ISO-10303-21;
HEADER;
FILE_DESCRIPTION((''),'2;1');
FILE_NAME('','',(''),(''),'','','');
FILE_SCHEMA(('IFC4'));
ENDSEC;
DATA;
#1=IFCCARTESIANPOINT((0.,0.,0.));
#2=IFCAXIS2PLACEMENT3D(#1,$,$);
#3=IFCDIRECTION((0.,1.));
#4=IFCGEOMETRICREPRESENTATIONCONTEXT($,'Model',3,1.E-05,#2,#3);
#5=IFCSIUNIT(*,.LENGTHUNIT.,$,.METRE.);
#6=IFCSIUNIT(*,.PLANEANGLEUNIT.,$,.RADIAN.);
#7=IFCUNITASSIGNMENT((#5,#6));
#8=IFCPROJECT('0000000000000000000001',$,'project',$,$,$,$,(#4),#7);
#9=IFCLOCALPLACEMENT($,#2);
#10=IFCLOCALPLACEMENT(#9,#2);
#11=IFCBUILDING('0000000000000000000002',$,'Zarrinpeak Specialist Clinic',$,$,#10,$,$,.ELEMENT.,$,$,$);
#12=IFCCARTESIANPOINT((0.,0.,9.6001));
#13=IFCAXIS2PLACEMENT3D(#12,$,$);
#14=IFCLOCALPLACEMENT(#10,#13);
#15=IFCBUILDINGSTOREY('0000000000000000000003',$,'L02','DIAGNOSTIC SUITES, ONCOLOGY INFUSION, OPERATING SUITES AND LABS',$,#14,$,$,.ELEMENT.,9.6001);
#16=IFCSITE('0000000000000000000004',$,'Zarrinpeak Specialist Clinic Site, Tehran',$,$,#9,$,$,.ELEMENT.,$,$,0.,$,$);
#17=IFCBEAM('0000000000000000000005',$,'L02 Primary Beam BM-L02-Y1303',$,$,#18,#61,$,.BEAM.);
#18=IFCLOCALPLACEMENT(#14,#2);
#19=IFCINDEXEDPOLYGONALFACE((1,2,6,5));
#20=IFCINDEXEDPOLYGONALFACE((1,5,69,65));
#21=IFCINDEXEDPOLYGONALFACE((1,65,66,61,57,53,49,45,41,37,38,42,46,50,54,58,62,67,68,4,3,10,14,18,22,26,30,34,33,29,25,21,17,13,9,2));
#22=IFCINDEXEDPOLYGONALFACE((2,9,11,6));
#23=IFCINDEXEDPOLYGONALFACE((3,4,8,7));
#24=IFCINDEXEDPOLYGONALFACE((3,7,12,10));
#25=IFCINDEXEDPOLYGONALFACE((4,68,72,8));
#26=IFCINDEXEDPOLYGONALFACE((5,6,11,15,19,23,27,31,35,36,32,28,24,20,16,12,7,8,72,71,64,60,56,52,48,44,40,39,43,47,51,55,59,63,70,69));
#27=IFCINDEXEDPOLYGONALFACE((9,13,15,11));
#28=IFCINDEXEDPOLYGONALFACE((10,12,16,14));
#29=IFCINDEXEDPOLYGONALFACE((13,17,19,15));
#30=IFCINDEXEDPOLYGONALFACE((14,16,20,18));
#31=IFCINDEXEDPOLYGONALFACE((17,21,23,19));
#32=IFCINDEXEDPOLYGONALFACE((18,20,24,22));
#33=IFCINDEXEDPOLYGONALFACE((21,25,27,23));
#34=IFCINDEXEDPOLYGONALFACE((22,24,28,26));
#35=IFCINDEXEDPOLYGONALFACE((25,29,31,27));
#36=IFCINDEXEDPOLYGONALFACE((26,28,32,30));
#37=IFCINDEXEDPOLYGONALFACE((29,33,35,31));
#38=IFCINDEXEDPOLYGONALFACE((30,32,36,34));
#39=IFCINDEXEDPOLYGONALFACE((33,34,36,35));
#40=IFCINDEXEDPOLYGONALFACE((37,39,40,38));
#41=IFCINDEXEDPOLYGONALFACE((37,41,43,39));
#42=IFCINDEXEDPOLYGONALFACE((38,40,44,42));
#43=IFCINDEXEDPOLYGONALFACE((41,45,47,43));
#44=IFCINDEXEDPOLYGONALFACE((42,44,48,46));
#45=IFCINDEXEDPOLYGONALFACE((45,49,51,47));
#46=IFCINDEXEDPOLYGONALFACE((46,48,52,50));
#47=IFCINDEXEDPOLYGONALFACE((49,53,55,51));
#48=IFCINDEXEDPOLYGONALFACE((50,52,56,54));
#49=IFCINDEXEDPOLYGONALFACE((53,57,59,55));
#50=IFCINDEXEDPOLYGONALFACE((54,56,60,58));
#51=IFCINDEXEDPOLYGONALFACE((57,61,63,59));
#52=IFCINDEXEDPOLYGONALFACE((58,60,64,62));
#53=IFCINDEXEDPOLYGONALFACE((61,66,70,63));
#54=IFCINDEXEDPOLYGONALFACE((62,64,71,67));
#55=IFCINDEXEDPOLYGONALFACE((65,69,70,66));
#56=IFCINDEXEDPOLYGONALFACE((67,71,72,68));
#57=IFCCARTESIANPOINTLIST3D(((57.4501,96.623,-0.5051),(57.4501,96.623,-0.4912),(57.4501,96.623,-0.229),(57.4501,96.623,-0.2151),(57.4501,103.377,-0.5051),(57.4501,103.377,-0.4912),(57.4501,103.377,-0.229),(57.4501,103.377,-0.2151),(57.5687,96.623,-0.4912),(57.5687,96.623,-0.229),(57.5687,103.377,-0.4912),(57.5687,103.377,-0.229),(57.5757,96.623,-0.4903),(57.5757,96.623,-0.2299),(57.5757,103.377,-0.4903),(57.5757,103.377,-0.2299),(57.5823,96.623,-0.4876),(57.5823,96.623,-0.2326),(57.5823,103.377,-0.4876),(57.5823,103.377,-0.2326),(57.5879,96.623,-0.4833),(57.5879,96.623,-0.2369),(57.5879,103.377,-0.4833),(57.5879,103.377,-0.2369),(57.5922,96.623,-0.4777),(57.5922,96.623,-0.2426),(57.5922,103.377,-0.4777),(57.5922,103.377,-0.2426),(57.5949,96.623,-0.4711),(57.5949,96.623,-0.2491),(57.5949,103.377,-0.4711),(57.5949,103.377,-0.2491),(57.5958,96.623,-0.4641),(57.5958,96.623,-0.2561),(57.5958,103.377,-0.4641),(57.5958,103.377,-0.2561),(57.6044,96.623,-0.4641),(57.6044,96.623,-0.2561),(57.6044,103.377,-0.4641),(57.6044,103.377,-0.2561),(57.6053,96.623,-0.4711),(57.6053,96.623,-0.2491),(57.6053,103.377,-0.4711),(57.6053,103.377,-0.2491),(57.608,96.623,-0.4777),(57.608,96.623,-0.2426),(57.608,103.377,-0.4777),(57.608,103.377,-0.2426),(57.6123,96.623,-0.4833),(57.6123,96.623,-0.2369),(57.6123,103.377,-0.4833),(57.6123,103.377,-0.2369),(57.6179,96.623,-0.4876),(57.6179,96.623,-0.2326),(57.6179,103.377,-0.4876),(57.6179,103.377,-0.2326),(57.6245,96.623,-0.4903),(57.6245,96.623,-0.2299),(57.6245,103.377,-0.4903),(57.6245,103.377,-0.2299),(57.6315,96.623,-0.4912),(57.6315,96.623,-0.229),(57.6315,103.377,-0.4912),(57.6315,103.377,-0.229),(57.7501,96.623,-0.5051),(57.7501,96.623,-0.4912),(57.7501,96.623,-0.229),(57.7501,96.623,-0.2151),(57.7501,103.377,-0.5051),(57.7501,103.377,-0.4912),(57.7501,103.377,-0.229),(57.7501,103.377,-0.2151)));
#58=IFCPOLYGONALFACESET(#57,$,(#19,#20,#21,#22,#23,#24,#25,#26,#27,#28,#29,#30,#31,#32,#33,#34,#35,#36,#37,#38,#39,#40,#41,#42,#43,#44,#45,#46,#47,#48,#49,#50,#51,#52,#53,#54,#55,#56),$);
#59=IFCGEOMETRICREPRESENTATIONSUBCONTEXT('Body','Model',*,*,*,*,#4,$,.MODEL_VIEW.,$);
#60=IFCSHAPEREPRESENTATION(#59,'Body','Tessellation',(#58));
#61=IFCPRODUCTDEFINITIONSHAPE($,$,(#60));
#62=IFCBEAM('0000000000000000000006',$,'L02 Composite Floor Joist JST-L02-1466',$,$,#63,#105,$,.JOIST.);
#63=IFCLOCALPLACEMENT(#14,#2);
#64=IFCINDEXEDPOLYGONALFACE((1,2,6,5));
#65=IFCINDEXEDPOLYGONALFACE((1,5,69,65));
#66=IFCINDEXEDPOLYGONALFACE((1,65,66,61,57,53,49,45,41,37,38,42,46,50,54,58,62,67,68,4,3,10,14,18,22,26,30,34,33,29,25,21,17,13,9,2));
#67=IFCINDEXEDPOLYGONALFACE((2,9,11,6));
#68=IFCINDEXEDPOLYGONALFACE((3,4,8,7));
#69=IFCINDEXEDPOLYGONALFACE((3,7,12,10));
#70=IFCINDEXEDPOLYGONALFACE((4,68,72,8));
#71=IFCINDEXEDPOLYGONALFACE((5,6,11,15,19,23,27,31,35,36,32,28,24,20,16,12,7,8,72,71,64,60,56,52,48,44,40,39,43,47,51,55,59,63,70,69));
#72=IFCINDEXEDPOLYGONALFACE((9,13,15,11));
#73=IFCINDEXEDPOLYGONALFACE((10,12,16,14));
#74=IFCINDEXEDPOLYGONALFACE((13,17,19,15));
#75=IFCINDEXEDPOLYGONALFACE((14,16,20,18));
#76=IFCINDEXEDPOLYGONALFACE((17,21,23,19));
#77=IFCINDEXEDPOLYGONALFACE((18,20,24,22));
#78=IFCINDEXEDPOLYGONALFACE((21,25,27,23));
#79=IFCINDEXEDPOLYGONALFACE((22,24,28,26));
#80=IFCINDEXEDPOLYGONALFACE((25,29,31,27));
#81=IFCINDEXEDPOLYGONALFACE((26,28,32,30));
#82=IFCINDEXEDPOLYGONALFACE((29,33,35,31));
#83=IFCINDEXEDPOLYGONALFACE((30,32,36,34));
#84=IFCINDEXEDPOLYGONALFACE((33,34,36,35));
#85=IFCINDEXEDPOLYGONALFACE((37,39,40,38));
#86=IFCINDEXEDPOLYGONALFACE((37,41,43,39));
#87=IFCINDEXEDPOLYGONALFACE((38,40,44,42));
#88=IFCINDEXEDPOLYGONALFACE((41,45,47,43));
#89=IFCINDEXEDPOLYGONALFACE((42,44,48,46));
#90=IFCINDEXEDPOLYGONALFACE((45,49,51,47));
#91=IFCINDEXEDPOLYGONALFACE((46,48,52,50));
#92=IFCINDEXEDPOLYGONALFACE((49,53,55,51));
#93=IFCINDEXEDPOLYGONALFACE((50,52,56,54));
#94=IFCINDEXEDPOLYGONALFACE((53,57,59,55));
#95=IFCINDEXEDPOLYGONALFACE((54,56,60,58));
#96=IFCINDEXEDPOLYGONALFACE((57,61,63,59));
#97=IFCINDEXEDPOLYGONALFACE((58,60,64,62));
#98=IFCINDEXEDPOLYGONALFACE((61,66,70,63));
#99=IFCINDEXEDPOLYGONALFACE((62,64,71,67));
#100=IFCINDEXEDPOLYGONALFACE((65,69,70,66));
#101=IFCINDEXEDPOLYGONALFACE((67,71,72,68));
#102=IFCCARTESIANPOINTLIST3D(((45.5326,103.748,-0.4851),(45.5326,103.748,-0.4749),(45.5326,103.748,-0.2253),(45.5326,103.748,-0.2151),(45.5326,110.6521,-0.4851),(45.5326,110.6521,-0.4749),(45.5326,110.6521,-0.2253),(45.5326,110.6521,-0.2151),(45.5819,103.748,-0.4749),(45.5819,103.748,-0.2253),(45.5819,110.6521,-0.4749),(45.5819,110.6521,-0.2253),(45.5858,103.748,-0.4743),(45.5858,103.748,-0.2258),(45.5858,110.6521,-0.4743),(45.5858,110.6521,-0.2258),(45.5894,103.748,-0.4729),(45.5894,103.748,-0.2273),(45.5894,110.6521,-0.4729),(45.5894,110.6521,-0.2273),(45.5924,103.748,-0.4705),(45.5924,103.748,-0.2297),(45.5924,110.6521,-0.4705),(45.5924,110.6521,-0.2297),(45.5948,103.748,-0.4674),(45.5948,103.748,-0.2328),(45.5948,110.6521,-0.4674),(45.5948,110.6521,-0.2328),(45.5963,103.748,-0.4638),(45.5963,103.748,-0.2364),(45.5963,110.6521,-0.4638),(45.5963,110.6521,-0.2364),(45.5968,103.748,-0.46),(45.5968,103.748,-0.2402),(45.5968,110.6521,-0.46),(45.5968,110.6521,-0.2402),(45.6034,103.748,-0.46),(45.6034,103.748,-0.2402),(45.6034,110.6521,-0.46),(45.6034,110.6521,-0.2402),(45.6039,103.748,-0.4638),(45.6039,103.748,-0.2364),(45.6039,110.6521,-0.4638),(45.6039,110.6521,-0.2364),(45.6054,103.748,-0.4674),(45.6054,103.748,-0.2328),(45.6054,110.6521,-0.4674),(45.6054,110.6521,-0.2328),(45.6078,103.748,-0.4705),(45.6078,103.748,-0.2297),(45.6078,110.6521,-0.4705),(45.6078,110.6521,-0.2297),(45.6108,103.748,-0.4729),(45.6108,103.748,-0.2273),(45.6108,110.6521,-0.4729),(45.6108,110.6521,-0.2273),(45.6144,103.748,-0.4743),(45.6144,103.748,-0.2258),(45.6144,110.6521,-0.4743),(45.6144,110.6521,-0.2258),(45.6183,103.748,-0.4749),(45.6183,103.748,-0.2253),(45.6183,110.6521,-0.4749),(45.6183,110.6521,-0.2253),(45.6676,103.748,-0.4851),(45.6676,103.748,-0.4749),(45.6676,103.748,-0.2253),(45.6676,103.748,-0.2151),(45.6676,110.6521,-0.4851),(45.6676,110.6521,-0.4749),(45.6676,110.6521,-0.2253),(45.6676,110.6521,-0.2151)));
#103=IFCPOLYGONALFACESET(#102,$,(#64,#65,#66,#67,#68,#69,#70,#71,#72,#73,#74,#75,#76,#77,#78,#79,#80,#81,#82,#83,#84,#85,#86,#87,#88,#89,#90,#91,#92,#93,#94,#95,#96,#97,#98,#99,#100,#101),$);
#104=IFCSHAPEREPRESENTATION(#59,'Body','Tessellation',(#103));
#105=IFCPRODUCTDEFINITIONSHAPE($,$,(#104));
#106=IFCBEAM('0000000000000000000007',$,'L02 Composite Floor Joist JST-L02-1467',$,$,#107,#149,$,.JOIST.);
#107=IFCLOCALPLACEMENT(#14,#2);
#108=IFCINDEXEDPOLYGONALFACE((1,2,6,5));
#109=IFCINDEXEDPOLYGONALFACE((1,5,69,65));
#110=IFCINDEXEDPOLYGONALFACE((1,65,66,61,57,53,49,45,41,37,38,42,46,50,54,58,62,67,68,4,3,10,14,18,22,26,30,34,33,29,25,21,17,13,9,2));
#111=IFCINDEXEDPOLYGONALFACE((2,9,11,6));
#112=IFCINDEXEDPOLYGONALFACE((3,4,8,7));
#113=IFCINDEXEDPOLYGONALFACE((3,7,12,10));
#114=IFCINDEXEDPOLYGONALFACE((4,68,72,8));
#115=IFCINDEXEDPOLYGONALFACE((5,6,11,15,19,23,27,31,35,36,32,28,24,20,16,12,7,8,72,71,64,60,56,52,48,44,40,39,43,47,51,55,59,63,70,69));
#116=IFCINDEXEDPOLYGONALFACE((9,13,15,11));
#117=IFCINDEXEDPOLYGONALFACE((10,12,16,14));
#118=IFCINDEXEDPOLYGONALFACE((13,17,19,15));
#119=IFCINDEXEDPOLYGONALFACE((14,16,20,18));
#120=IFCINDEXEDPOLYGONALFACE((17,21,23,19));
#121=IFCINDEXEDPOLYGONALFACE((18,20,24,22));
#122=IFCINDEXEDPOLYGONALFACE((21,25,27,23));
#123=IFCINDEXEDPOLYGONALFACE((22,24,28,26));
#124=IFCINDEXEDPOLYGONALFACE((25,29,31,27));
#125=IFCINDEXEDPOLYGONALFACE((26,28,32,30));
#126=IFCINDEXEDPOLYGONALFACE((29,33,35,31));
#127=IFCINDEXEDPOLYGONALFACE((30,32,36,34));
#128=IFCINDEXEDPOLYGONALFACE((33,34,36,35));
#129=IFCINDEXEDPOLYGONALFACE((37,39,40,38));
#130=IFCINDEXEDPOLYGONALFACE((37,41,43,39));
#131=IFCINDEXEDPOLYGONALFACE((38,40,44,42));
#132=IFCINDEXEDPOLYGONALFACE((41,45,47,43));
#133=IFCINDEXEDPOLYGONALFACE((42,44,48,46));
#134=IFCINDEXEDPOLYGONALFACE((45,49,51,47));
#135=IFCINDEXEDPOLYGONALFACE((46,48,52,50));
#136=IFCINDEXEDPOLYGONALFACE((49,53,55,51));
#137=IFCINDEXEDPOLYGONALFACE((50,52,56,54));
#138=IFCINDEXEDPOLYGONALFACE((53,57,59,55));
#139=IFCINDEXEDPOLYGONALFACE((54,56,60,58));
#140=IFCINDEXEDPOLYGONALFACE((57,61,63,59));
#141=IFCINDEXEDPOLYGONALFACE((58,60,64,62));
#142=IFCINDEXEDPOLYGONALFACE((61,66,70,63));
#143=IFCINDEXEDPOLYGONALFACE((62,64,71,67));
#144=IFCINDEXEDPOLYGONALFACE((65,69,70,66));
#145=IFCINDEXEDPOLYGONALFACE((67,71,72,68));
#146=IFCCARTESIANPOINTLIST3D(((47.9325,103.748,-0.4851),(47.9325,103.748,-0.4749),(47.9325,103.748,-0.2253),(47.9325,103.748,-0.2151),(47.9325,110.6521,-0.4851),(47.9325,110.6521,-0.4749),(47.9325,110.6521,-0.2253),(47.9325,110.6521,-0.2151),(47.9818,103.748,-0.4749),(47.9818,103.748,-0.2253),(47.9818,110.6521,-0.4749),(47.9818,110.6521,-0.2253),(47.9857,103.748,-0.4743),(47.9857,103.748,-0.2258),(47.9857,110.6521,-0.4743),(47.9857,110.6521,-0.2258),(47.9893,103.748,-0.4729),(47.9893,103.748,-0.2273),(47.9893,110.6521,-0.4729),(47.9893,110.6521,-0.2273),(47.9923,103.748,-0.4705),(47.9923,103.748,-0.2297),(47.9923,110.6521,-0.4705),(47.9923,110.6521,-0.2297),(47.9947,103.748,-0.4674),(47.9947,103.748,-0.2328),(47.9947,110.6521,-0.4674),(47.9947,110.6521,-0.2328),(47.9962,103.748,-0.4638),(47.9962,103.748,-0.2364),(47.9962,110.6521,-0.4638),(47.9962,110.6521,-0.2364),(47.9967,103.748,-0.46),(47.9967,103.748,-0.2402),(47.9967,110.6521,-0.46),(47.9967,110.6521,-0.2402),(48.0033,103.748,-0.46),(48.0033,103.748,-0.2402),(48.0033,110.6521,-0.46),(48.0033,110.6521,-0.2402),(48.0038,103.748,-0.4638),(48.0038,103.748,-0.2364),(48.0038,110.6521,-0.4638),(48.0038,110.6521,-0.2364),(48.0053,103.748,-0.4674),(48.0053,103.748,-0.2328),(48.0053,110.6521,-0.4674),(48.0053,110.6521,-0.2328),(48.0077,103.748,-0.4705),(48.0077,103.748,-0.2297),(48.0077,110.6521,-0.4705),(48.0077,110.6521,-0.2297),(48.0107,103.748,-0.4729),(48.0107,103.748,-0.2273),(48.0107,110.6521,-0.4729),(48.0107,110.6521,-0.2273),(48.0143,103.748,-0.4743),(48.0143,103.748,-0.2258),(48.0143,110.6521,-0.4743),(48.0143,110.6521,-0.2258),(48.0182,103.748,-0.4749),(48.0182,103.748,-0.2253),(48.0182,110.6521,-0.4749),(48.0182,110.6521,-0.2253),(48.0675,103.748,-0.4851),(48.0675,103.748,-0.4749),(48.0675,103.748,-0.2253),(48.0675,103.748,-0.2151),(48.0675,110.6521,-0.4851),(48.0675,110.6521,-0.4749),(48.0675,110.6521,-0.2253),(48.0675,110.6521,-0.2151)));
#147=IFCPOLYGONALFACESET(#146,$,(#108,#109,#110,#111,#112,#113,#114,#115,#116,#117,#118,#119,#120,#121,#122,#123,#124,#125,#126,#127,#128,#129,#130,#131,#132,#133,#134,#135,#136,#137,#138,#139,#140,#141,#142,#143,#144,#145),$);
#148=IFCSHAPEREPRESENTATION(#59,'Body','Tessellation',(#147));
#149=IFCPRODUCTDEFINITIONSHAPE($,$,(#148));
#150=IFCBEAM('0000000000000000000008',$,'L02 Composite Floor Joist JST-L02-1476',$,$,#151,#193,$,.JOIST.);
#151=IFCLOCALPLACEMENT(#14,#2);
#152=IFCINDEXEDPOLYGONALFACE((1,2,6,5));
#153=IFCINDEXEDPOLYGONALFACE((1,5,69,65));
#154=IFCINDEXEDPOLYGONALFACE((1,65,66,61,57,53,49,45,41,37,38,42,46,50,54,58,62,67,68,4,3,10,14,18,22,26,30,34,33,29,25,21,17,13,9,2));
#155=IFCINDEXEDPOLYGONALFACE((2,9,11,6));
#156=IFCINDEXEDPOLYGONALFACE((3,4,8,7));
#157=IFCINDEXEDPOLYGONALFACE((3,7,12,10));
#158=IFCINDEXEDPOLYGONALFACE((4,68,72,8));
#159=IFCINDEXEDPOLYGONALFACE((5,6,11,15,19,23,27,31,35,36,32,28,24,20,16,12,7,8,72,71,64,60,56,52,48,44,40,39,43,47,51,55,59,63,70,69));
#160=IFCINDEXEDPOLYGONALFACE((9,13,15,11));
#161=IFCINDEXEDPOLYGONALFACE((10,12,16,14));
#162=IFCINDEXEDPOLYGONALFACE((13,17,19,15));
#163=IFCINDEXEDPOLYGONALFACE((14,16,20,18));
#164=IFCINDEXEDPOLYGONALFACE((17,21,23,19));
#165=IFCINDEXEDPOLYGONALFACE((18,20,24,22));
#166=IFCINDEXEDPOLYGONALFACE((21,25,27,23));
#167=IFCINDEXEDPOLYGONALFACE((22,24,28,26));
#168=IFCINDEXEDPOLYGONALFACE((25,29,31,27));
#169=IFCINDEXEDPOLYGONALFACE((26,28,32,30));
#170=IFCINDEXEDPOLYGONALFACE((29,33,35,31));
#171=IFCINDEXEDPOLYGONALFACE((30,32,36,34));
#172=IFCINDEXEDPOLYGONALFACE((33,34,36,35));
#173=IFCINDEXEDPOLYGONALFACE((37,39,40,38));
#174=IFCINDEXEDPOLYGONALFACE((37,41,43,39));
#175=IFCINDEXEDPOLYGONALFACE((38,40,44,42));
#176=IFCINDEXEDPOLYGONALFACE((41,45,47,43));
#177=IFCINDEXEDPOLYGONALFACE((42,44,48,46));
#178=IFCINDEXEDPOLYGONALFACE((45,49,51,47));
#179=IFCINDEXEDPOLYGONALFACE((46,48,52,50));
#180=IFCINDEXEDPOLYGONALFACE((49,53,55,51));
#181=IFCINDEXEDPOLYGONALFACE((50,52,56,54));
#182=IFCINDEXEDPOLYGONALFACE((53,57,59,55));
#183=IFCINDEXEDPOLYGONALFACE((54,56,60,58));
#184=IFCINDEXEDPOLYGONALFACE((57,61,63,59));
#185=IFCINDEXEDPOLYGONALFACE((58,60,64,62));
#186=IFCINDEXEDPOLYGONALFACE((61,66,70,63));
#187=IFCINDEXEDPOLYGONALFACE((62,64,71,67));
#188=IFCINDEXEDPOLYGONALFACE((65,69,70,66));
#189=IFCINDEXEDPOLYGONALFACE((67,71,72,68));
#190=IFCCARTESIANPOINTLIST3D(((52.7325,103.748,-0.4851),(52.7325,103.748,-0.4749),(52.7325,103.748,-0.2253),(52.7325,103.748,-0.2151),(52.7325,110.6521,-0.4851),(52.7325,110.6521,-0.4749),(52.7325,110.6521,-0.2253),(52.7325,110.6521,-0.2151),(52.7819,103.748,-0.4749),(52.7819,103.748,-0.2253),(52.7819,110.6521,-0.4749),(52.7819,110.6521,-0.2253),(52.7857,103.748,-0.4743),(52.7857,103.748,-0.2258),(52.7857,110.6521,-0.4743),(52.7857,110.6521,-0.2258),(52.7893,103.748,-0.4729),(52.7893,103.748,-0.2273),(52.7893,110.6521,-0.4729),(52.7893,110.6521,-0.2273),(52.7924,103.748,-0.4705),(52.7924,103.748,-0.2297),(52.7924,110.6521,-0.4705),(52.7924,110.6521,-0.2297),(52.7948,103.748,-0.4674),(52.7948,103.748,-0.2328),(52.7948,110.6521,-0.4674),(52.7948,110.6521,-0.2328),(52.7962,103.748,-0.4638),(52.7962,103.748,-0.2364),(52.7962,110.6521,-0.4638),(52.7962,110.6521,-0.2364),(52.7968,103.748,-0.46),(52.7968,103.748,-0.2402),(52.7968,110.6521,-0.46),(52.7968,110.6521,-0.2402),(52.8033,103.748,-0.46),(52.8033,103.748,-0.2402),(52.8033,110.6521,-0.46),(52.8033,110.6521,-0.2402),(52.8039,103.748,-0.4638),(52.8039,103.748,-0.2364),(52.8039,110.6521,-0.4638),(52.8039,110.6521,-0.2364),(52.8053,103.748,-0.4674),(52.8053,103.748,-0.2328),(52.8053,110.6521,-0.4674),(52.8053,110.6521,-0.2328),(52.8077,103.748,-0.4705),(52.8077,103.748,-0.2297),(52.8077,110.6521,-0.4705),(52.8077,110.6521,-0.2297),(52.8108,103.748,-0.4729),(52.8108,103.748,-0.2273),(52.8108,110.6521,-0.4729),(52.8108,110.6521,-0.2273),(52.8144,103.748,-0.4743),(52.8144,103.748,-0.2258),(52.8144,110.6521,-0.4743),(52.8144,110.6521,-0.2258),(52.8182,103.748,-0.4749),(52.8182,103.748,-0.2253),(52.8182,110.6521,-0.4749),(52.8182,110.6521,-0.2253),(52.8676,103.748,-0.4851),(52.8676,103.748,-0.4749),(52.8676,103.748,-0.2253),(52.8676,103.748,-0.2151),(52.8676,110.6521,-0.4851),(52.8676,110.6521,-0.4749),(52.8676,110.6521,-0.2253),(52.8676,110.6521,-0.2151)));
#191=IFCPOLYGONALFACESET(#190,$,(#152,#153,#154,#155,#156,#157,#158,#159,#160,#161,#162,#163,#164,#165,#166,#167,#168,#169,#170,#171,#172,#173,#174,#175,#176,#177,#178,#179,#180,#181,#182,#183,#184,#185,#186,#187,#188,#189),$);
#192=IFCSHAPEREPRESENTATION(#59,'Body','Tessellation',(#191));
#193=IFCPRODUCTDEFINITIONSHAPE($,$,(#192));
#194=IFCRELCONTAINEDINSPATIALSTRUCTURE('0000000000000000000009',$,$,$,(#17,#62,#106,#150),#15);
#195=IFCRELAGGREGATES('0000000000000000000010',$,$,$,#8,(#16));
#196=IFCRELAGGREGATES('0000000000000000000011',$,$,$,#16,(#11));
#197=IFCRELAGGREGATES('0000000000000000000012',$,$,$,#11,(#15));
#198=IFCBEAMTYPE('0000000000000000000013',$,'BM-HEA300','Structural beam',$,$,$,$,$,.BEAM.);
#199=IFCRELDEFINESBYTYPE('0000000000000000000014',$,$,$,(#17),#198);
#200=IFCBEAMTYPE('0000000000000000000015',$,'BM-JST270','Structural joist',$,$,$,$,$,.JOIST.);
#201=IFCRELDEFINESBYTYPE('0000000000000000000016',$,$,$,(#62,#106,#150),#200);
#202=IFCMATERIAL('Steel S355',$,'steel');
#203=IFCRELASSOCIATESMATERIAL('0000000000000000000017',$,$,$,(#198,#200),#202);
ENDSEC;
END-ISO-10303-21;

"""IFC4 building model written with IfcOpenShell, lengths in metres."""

from ifc_helpers import new_model, si_unit, direction, frame, origin, origin_2d, place, context, subcontext, project, spatial, i_section, extrude, material, material_profile, profile_set, type_object, element, save


model = new_model("IFC4")

# Units and contexts
model_context = context("Model", 3, precision=1e-05, world=origin(), true_north=direction((0.0, 1.0)))
body_context = subcontext(model_context, "Body", "Model", "MODEL_VIEW")
ifc_project = project(units=[si_unit("LENGTHUNIT", "METRE"), si_unit("PLANEANGLEUNIT", "RADIAN")], contexts=[model_context])

# Site, building, storey
site_placement = place(None, origin())
site = spatial("IfcSite", under=ifc_project, at=site_placement, Name="Zarrinpeak Specialist Clinic Site, Tehran", CompositionType="ELEMENT", RefElevation=0.0)
building_placement = place(site_placement, origin())
building = spatial("IfcBuilding", under=site, at=building_placement, Name="Zarrinpeak Specialist Clinic", CompositionType="ELEMENT")
storey_placement = place(building_placement, frame((0.0, 0.0, 9.6001)))
storey = spatial("IfcBuildingStorey", under=building, at=storey_placement, Name="L02", Description="DIAGNOSTIC SUITES, ONCOLOGY INFUSION, OPERATING SUITES AND LABS", CompositionType="ELEMENT", Elevation=9.6001)

# Shared definitions
ifc_material_1 = material(Name="Steel S355", Category="steel")

# Beams
ifc_material_profile_1 = material_profile(ifc_material_1, i_section(OverallWidth=0.3, OverallDepth=0.29, WebThickness=0.0085, FlangeThickness=0.0139, FilletRadius=0.0271, at=origin_2d()), Name="HEA 300")
ifc_profile_set_1 = profile_set([ifc_material_profile_1], Name="Steel S355")
beam_type_1 = type_object("IfcBeamType", Name="BM-HEA300", Description="Structural beam", PredefinedType="BEAM", material=ifc_profile_set_1)
beam_1_placement = place(storey_placement, frame((57.6001, 96.623, -0.3601), z_axis=(0.0, 1.0, 0.0), x_axis=(-1.0, 0.0, 0.0)))
element("IfcBeam", 1, at=beam_1_placement, inside=storey, type_object=beam_type_1, Name="L02 Primary Beam BM-L02-Y1303", PredefinedType="BEAM", context=body_context, shape_type="SweptSolid", body=[
    extrude(i_section(OverallWidth=0.3, OverallDepth=0.29, WebThickness=0.0085, FlangeThickness=0.0139, FilletRadius=0.0271, at=origin_2d()), origin(), (0.0, 0.0, 1.0), 6.7539),
])
ifc_material_profile_2 = material_profile(ifc_material_1, i_section(OverallWidth=0.135, OverallDepth=0.27, WebThickness=0.0066, FlangeThickness=0.0103, FilletRadius=0.0149, at=origin_2d()), Name="IPE 270")
ifc_profile_set_2 = profile_set([ifc_material_profile_2], Name="Steel S355")
beam_type_2 = type_object("IfcBeamType", Name="BM-JST270", Description="Structural joist", PredefinedType="JOIST", material=ifc_profile_set_2)
for number, where, z_axis, x_axis, name in (
    (2, (45.6001, 103.748, -0.3501), (0.0, 1.0, 0.0), (-1.0, 0.0, 0.0), "L02 Composite Floor Joist JST-L02-1466"),
    (3, (48.0, 103.748, -0.3501), (0.0, 1.0, 0.0), (-1.0, 0.0, 0.0), "L02 Composite Floor Joist JST-L02-1467"),
    (4, (52.8, 103.748, -0.3501), (0.0, 1.0, 0.0), (-1.0, 0.0, 0.0), "L02 Composite Floor Joist JST-L02-1476"),
):
    element("IfcBeam", number, at=place(storey_placement, frame(where, z_axis=z_axis, x_axis=x_axis)), inside=storey, type_object=beam_type_2, Name=name, PredefinedType="JOIST", context=body_context, shape_type="SweptSolid", body=[
        extrude(i_section(OverallWidth=0.135, OverallDepth=0.27, WebThickness=0.0066, FlangeThickness=0.0103, FilletRadius=0.0149, at=origin_2d()), origin(), (0.0, 0.0, 1.0), 6.9041),
    ])

save(model, "model.ifc")
